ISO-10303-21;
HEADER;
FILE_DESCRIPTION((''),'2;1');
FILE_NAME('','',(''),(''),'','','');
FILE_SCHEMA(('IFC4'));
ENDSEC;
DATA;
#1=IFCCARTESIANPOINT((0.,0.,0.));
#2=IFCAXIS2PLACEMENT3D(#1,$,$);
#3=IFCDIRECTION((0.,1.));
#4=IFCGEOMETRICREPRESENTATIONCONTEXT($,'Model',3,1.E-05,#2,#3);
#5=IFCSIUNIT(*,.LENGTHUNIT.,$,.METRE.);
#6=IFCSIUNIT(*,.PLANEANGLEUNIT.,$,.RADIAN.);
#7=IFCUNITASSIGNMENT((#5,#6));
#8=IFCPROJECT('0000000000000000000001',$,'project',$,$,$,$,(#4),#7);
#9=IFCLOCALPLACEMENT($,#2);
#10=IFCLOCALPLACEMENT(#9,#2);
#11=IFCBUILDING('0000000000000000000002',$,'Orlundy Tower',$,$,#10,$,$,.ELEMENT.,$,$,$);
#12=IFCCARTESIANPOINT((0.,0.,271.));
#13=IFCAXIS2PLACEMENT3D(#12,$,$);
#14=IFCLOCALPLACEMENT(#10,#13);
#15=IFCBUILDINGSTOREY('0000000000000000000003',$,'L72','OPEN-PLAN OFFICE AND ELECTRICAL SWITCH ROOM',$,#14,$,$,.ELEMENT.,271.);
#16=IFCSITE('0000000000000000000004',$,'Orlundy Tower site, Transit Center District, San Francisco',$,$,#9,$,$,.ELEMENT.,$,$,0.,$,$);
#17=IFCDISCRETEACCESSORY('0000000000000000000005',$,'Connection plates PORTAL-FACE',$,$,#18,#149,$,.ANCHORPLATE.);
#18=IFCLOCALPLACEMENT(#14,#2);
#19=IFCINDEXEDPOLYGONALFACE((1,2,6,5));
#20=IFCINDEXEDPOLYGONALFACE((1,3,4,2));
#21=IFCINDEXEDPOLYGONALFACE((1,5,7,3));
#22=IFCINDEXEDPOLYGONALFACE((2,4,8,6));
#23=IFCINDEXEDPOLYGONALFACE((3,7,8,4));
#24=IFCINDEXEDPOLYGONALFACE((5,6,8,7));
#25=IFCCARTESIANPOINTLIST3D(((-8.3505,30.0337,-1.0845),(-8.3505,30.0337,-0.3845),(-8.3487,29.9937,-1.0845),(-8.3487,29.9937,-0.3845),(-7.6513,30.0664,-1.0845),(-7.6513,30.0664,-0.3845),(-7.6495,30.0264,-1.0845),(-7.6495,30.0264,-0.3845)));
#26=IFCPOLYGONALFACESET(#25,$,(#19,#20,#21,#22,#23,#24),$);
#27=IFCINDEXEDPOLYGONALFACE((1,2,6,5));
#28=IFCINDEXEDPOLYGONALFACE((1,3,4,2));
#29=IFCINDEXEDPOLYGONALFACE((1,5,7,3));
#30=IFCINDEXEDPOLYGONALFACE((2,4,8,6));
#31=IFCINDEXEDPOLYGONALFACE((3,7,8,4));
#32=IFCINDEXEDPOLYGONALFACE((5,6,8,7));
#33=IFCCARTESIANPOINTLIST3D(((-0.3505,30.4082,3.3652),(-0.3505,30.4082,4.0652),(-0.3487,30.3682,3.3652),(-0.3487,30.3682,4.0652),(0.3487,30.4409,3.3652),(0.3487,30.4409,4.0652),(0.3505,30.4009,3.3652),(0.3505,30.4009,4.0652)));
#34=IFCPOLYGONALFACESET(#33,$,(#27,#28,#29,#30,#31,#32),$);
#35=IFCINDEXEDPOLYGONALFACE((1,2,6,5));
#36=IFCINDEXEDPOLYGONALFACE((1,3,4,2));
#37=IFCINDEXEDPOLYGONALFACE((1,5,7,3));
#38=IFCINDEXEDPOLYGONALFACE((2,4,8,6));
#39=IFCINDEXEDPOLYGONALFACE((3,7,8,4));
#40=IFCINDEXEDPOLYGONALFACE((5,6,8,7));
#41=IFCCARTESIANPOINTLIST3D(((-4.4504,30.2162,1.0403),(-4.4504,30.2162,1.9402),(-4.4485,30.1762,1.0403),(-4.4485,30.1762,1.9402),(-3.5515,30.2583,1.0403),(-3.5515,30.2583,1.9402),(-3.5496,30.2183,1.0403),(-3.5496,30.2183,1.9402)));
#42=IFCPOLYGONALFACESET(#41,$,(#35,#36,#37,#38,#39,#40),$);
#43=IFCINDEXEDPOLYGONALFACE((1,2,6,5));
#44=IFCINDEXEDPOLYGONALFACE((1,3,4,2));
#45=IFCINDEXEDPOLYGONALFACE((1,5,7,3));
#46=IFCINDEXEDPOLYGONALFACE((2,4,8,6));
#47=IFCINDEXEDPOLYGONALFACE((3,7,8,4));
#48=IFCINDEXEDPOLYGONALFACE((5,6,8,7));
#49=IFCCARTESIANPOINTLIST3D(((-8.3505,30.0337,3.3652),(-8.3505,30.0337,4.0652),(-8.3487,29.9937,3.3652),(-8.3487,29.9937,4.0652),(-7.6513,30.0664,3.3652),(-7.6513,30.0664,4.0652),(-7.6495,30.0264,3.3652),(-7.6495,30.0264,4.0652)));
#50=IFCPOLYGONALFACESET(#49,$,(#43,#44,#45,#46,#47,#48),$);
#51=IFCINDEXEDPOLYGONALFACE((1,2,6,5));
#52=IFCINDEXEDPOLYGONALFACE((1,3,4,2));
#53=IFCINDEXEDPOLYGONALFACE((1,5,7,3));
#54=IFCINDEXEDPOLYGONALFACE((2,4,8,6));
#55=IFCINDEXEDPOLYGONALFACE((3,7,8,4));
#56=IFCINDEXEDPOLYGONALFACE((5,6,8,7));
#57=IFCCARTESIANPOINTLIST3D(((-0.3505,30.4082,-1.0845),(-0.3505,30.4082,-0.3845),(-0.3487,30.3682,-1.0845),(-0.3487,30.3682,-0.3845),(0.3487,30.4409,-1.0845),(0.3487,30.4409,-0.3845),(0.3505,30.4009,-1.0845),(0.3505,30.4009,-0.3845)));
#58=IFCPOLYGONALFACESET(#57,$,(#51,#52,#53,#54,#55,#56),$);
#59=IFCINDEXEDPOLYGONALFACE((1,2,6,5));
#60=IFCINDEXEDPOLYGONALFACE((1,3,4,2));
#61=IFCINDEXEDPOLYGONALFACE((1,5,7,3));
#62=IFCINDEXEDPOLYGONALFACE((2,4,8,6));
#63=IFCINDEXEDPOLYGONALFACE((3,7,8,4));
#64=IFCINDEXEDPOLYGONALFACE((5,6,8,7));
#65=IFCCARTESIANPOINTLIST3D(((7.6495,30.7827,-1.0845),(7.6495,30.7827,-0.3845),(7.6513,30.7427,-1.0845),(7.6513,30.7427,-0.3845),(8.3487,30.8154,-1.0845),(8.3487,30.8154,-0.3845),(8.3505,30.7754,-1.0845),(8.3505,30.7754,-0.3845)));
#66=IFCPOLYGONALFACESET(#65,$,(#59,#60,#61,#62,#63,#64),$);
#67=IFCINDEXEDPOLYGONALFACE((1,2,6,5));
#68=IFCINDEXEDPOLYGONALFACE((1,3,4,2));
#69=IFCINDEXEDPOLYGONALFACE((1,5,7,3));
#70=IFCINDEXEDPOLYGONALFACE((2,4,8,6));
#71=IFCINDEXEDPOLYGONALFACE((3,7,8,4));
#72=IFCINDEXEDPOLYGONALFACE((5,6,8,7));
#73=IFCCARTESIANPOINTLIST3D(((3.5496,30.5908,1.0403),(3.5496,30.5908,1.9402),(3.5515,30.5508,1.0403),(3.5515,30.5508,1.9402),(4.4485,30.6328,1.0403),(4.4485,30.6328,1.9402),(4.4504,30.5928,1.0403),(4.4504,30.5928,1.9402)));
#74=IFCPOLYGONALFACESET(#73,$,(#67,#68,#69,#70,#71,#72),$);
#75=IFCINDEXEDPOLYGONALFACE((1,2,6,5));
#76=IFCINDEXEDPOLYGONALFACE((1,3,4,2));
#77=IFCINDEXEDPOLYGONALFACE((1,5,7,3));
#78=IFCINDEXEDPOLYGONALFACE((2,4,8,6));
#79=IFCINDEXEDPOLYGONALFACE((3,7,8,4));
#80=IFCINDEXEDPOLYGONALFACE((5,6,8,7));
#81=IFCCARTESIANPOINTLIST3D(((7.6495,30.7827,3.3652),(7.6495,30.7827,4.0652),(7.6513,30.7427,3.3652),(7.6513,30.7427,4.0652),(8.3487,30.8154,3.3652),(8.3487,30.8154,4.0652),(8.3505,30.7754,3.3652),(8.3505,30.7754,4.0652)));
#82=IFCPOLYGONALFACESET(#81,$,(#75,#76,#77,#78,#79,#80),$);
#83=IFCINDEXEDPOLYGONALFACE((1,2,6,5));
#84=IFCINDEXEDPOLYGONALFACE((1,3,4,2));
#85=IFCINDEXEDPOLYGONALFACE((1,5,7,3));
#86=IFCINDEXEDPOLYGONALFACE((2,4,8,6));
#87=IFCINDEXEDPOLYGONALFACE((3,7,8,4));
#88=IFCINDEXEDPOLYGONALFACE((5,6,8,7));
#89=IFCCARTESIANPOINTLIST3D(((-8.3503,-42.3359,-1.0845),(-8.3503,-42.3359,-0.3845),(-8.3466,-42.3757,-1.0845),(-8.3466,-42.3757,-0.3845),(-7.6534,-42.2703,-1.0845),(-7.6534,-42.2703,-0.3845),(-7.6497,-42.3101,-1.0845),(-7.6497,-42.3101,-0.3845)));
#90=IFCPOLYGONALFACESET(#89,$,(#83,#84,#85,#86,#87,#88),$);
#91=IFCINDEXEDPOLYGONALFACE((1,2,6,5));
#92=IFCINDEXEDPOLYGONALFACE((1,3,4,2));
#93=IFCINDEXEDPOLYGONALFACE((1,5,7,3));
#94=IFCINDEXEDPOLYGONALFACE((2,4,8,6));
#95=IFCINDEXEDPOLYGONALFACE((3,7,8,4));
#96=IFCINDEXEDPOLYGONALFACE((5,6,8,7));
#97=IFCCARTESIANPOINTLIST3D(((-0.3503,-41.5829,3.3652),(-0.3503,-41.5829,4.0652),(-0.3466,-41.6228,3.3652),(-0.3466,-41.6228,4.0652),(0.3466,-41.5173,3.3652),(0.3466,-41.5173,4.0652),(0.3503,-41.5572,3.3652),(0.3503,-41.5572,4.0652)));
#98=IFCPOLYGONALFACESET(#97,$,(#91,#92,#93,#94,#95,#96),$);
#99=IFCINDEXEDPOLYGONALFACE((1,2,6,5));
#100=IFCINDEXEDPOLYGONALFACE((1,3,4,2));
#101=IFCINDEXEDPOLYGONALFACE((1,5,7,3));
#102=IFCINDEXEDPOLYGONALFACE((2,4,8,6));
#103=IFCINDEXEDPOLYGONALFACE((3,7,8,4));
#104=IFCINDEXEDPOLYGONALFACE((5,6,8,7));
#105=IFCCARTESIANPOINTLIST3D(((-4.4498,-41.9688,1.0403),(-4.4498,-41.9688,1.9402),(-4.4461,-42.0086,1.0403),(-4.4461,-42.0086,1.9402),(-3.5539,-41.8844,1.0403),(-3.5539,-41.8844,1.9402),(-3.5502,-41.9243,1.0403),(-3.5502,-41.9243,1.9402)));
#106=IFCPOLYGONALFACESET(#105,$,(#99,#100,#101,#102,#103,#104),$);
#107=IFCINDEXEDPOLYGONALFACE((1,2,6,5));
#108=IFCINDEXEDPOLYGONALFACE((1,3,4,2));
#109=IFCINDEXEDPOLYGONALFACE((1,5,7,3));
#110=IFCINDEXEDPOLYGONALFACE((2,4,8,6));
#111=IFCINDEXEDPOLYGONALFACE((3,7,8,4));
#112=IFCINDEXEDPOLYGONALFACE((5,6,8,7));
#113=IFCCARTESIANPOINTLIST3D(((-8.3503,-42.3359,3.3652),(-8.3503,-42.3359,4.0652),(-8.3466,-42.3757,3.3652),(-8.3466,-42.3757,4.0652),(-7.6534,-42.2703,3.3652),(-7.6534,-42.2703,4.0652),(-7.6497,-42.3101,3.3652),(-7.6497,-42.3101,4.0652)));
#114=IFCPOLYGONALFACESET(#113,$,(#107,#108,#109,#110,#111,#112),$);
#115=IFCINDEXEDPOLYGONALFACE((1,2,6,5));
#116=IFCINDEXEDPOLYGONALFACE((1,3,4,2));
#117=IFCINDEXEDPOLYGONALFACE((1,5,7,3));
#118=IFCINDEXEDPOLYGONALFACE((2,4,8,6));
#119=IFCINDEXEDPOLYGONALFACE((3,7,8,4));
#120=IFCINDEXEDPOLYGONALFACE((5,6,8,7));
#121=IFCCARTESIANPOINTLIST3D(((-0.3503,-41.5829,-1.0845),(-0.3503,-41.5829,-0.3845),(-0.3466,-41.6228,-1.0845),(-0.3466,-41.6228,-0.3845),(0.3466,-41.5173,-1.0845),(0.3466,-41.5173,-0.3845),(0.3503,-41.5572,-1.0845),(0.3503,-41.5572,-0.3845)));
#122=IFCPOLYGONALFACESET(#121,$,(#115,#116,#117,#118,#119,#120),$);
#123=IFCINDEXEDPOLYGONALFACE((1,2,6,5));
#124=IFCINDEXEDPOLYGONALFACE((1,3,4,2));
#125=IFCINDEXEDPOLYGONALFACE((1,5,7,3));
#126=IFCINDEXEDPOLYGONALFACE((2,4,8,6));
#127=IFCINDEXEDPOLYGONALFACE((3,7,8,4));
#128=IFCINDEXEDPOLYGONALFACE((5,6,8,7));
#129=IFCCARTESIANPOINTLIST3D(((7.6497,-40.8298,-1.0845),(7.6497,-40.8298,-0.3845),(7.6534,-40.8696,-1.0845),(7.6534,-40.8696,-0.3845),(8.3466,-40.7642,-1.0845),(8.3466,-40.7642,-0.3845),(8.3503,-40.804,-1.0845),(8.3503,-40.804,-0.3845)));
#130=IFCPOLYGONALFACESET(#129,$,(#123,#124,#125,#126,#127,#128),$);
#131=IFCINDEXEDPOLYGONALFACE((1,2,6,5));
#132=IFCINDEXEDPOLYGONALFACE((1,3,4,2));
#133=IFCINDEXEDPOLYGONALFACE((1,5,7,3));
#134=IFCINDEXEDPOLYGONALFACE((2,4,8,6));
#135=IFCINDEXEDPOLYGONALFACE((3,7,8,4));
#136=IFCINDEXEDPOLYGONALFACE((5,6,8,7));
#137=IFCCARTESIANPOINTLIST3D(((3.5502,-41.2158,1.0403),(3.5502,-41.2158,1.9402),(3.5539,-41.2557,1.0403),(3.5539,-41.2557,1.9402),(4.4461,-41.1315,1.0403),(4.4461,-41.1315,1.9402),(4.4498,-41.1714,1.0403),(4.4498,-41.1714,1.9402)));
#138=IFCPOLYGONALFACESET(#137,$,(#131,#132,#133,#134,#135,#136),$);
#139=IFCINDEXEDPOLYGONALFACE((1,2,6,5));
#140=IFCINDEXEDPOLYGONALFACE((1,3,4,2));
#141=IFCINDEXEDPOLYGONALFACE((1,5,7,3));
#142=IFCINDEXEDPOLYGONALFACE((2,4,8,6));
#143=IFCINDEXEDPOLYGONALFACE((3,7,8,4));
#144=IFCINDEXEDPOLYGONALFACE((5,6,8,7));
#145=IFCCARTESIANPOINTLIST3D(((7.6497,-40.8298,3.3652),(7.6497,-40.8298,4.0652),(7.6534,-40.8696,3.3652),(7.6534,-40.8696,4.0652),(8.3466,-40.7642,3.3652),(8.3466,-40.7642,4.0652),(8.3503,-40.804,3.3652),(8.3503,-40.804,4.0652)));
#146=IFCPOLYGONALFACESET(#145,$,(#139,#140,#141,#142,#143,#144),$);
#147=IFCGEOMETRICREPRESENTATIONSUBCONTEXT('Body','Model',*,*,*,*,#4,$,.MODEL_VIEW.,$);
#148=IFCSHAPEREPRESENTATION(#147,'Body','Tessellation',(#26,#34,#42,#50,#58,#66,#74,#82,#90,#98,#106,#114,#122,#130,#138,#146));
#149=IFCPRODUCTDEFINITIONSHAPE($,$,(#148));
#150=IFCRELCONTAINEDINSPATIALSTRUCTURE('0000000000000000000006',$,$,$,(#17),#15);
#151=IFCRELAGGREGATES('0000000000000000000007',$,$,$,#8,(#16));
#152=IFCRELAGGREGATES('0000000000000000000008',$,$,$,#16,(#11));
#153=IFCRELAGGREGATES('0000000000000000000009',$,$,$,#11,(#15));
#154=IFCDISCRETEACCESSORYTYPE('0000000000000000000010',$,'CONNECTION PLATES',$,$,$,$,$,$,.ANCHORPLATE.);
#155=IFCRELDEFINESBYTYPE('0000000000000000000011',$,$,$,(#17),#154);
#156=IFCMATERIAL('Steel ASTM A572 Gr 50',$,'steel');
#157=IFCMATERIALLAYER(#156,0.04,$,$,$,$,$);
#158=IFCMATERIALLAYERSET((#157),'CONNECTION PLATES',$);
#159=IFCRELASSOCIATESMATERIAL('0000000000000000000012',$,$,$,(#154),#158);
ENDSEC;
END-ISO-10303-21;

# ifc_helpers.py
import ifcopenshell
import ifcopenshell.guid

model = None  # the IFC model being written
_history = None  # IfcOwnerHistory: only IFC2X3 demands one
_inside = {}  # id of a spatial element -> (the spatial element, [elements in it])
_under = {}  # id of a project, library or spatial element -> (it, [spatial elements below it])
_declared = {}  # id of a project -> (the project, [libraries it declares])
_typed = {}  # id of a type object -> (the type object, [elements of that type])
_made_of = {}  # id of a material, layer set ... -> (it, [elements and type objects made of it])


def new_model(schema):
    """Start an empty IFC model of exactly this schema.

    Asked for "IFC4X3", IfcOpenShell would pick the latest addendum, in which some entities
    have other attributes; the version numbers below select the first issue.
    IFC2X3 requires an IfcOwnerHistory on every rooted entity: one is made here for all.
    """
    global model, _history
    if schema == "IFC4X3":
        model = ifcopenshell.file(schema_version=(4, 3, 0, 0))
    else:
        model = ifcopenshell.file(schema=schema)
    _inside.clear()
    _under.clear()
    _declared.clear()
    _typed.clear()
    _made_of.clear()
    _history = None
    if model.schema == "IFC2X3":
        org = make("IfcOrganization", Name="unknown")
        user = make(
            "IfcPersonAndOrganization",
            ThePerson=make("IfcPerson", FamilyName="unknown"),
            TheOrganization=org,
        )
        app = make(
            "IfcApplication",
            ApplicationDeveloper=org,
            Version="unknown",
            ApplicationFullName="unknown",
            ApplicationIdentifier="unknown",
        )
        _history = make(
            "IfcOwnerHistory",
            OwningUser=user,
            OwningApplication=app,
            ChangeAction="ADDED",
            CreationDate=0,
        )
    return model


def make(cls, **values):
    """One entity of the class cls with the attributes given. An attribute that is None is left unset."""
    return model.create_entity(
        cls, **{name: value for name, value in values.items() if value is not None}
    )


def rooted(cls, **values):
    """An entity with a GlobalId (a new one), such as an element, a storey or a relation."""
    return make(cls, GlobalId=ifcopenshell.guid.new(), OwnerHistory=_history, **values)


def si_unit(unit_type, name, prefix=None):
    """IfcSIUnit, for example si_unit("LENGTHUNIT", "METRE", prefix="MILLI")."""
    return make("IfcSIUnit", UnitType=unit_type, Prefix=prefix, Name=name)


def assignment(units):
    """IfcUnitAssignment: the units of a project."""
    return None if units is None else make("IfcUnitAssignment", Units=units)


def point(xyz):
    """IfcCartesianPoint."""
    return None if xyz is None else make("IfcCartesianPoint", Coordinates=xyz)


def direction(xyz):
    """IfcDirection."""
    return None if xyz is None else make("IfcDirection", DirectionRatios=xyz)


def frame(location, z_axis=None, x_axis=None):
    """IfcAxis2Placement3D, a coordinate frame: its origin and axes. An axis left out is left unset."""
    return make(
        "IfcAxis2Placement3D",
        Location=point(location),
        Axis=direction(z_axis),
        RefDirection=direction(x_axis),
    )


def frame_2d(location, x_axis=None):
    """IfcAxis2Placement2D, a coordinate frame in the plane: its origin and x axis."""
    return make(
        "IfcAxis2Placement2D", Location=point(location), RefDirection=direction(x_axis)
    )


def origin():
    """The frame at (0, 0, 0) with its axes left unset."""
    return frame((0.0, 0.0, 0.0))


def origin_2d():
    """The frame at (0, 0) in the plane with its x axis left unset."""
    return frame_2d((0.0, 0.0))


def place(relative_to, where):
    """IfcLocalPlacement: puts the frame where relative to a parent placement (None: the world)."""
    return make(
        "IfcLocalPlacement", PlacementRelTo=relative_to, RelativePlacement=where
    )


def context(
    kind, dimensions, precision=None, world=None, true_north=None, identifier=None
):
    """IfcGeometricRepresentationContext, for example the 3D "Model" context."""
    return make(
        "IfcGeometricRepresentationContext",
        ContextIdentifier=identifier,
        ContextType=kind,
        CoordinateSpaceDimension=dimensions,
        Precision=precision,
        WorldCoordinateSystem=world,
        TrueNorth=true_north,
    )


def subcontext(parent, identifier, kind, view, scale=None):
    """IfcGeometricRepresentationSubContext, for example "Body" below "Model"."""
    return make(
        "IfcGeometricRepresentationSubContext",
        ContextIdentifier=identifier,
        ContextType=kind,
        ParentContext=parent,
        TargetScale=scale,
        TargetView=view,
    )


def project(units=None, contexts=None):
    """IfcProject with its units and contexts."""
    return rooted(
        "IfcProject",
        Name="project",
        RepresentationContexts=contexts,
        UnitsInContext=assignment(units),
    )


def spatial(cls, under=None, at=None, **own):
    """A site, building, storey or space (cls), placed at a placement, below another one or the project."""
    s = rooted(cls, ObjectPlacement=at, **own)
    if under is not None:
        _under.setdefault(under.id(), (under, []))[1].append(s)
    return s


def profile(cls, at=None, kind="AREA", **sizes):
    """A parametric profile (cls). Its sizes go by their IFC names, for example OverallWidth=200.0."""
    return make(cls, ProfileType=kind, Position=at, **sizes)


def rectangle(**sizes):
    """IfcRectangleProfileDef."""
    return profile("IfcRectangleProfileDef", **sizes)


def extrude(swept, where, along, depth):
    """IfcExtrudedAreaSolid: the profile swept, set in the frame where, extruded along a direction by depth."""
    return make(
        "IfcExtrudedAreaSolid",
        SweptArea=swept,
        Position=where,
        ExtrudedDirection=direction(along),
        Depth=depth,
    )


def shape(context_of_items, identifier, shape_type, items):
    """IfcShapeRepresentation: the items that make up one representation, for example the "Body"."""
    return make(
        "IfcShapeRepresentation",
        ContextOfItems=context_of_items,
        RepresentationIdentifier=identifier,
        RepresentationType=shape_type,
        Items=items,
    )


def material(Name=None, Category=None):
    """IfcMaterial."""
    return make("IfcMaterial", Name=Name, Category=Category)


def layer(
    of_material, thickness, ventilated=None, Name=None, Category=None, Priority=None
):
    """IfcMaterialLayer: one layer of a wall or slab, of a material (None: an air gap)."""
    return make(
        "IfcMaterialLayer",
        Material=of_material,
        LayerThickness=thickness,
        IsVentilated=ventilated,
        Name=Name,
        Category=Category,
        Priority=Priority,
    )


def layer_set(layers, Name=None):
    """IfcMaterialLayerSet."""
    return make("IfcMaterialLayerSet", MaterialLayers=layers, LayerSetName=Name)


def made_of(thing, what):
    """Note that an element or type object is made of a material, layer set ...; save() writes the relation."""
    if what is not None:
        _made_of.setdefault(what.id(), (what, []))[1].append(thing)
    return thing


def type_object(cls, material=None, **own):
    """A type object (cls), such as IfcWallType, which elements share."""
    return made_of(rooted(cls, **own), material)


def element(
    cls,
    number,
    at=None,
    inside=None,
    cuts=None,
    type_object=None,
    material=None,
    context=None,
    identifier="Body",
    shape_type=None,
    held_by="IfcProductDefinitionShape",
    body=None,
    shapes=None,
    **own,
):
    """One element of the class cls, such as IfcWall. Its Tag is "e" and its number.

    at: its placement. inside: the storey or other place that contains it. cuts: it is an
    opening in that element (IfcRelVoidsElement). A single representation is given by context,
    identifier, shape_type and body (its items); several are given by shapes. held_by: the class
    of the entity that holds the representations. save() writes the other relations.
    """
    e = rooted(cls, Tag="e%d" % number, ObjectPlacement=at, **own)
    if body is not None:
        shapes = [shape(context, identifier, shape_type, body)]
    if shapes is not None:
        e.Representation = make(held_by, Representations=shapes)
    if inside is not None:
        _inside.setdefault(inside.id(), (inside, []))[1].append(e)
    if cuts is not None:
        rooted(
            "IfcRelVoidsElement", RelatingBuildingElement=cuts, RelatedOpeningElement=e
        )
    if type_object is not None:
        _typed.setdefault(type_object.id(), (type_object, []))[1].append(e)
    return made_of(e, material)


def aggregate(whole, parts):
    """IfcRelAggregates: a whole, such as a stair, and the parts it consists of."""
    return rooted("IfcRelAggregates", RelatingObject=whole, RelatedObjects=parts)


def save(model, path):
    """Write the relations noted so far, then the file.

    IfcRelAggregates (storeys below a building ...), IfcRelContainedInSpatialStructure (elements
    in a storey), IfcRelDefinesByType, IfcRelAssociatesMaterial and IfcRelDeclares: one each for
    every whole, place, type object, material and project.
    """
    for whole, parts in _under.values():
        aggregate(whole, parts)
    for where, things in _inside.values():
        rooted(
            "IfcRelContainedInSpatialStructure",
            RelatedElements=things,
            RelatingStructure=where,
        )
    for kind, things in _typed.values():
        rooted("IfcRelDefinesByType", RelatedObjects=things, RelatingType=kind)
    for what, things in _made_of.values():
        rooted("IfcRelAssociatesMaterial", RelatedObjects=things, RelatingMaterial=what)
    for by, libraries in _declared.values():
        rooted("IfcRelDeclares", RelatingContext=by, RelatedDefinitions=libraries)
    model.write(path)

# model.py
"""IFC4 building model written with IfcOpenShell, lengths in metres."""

from ifc_helpers import new_model, si_unit, direction, frame, origin, origin_2d, place, context, subcontext, project, spatial, rectangle, extrude, material, layer, layer_set, type_object, element, save


model = new_model("IFC4")

# Units and contexts
model_context = context("Model", 3, precision=1e-05, world=origin(), true_north=direction((0.0, 1.0)))
body_context = subcontext(model_context, "Body", "Model", "MODEL_VIEW")
ifc_project = project(units=[si_unit("LENGTHUNIT", "METRE"), si_unit("PLANEANGLEUNIT", "RADIAN")], contexts=[model_context])

# Site, building, storey
site_placement = place(None, origin())
site = spatial("IfcSite", under=ifc_project, at=site_placement, Name="Orlundy Tower site, Transit Center District, San Francisco", CompositionType="ELEMENT", RefElevation=0.0)
building_placement = place(site_placement, origin())
building = spatial("IfcBuilding", under=site, at=building_placement, Name="Orlundy Tower", CompositionType="ELEMENT")
storey_placement = place(building_placement, frame((0.0, 0.0, 271.0)))
storey = spatial("IfcBuildingStorey", under=building, at=storey_placement, Name="L72", Description="OPEN-PLAN OFFICE AND ELECTRICAL SWITCH ROOM", CompositionType="ELEMENT", Elevation=271.0)

# Discrete accessory
ifc_material_1 = material(Name="Steel ASTM A572 Gr 50", Category="steel")
ifc_layer = layer(ifc_material_1, 0.04)
ifc_layer_set = layer_set([ifc_layer], Name="CONNECTION PLATES")
discrete_accessory_type = type_object("IfcDiscreteAccessoryType", Name="CONNECTION PLATES", PredefinedType="ANCHORPLATE", material=ifc_layer_set)
discrete_accessory_1_placement = place(storey_placement, frame((0.0, 0.0, -271.0)))
element("IfcDiscreteAccessory", 1, at=discrete_accessory_1_placement, inside=storey, type_object=discrete_accessory_type, Name="Connection plates PORTAL-FACE", PredefinedType="ANCHORPLATE", context=body_context, shape_type="SweptSolid", body=[
    extrude(rectangle(XDim=0.7, YDim=0.04, at=origin_2d()), frame((-8.0, 30.03, 269.9155), z_axis=(0.0, 0.0, 1.0), x_axis=(0.998906, 0.046758, 0.0)), (0.0, 0.0, 1.0), 0.7),
    extrude(rectangle(XDim=0.7, YDim=0.04, at=origin_2d()), frame((0.0, 30.4045, 274.3652), z_axis=(0.0, 0.0, 1.0), x_axis=(0.998906, 0.046758, 0.0)), (0.0, 0.0, 1.0), 0.7),
    extrude(rectangle(XDim=0.8999, YDim=0.04, at=origin_2d()), frame((-4.0, 30.2173, 272.0403), z_axis=(0.0, 0.0, 1.0), x_axis=(0.998906, 0.046758, 0.0)), (0.0, 0.0, 1.0), 0.8999),
    extrude(rectangle(XDim=0.7, YDim=0.04, at=origin_2d()), frame((-8.0, 30.03, 274.3652), z_axis=(0.0, 0.0, 1.0), x_axis=(0.998906, 0.046758, 0.0)), (0.0, 0.0, 1.0), 0.7),
    extrude(rectangle(XDim=0.7, YDim=0.04, at=origin_2d()), frame((0.0, 30.4045, 269.9155), z_axis=(0.0, 0.0, 1.0), x_axis=(0.998906, 0.046758, 0.0)), (0.0, 0.0, 1.0), 0.7),
    extrude(rectangle(XDim=0.7, YDim=0.04, at=origin_2d()), frame((8.0, 30.7791, 269.9155), z_axis=(0.0, 0.0, 1.0), x_axis=(0.998906, 0.046758, 0.0)), (0.0, 0.0, 1.0), 0.7),
    extrude(rectangle(XDim=0.8999, YDim=0.04, at=origin_2d()), frame((4.0, 30.5918, 272.0403), z_axis=(0.0, 0.0, 1.0), x_axis=(0.998906, 0.046758, 0.0)), (0.0, 0.0, 1.0), 0.8999),
    extrude(rectangle(XDim=0.7, YDim=0.04, at=origin_2d()), frame((8.0, 30.7791, 274.3652), z_axis=(0.0, 0.0, 1.0), x_axis=(0.998906, 0.046758, 0.0)), (0.0, 0.0, 1.0), 0.7),
    extrude(rectangle(XDim=0.7, YDim=0.04, at=origin_2d()), frame((-8.0, -42.323, 269.9155), z_axis=(0.0, 0.0, 1.0), x_axis=(0.9956, 0.093709, 0.0)), (0.0, 0.0, 1.0), 0.7),
    extrude(rectangle(XDim=0.7, YDim=0.04, at=origin_2d()), frame((0.0, -41.5701, 274.3652), z_axis=(0.0, 0.0, 1.0), x_axis=(0.9956, 0.093709, 0.0)), (0.0, 0.0, 1.0), 0.7),
    extrude(rectangle(XDim=0.8999, YDim=0.04, at=origin_2d()), frame((-4.0, -41.9465, 272.0403), z_axis=(0.0, 0.0, 1.0), x_axis=(0.9956, 0.093709, 0.0)), (0.0, 0.0, 1.0), 0.8999),
    extrude(rectangle(XDim=0.7, YDim=0.04, at=origin_2d()), frame((-8.0, -42.323, 274.3652), z_axis=(0.0, 0.0, 1.0), x_axis=(0.9956, 0.093709, 0.0)), (0.0, 0.0, 1.0), 0.7),
    extrude(rectangle(XDim=0.7, YDim=0.04, at=origin_2d()), frame((0.0, -41.5701, 269.9155), z_axis=(0.0, 0.0, 1.0), x_axis=(0.9956, 0.093709, 0.0)), (0.0, 0.0, 1.0), 0.7),
    extrude(rectangle(XDim=0.7, YDim=0.04, at=origin_2d()), frame((8.0, -40.8169, 269.9155), z_axis=(0.0, 0.0, 1.0), x_axis=(0.9956, 0.093709, 0.0)), (0.0, 0.0, 1.0), 0.7),
    extrude(rectangle(XDim=0.8999, YDim=0.04, at=origin_2d()), frame((4.0, -41.1936, 272.0403), z_axis=(0.0, 0.0, 1.0), x_axis=(0.9956, 0.093709, 0.0)), (0.0, 0.0, 1.0), 0.8999),
    extrude(rectangle(XDim=0.7, YDim=0.04, at=origin_2d()), frame((8.0, -40.8169, 274.3652), z_axis=(0.0, 0.0, 1.0), x_axis=(0.9956, 0.093709, 0.0)), (0.0, 0.0, 1.0), 0.7),
])

save(model, "model.ifc")
